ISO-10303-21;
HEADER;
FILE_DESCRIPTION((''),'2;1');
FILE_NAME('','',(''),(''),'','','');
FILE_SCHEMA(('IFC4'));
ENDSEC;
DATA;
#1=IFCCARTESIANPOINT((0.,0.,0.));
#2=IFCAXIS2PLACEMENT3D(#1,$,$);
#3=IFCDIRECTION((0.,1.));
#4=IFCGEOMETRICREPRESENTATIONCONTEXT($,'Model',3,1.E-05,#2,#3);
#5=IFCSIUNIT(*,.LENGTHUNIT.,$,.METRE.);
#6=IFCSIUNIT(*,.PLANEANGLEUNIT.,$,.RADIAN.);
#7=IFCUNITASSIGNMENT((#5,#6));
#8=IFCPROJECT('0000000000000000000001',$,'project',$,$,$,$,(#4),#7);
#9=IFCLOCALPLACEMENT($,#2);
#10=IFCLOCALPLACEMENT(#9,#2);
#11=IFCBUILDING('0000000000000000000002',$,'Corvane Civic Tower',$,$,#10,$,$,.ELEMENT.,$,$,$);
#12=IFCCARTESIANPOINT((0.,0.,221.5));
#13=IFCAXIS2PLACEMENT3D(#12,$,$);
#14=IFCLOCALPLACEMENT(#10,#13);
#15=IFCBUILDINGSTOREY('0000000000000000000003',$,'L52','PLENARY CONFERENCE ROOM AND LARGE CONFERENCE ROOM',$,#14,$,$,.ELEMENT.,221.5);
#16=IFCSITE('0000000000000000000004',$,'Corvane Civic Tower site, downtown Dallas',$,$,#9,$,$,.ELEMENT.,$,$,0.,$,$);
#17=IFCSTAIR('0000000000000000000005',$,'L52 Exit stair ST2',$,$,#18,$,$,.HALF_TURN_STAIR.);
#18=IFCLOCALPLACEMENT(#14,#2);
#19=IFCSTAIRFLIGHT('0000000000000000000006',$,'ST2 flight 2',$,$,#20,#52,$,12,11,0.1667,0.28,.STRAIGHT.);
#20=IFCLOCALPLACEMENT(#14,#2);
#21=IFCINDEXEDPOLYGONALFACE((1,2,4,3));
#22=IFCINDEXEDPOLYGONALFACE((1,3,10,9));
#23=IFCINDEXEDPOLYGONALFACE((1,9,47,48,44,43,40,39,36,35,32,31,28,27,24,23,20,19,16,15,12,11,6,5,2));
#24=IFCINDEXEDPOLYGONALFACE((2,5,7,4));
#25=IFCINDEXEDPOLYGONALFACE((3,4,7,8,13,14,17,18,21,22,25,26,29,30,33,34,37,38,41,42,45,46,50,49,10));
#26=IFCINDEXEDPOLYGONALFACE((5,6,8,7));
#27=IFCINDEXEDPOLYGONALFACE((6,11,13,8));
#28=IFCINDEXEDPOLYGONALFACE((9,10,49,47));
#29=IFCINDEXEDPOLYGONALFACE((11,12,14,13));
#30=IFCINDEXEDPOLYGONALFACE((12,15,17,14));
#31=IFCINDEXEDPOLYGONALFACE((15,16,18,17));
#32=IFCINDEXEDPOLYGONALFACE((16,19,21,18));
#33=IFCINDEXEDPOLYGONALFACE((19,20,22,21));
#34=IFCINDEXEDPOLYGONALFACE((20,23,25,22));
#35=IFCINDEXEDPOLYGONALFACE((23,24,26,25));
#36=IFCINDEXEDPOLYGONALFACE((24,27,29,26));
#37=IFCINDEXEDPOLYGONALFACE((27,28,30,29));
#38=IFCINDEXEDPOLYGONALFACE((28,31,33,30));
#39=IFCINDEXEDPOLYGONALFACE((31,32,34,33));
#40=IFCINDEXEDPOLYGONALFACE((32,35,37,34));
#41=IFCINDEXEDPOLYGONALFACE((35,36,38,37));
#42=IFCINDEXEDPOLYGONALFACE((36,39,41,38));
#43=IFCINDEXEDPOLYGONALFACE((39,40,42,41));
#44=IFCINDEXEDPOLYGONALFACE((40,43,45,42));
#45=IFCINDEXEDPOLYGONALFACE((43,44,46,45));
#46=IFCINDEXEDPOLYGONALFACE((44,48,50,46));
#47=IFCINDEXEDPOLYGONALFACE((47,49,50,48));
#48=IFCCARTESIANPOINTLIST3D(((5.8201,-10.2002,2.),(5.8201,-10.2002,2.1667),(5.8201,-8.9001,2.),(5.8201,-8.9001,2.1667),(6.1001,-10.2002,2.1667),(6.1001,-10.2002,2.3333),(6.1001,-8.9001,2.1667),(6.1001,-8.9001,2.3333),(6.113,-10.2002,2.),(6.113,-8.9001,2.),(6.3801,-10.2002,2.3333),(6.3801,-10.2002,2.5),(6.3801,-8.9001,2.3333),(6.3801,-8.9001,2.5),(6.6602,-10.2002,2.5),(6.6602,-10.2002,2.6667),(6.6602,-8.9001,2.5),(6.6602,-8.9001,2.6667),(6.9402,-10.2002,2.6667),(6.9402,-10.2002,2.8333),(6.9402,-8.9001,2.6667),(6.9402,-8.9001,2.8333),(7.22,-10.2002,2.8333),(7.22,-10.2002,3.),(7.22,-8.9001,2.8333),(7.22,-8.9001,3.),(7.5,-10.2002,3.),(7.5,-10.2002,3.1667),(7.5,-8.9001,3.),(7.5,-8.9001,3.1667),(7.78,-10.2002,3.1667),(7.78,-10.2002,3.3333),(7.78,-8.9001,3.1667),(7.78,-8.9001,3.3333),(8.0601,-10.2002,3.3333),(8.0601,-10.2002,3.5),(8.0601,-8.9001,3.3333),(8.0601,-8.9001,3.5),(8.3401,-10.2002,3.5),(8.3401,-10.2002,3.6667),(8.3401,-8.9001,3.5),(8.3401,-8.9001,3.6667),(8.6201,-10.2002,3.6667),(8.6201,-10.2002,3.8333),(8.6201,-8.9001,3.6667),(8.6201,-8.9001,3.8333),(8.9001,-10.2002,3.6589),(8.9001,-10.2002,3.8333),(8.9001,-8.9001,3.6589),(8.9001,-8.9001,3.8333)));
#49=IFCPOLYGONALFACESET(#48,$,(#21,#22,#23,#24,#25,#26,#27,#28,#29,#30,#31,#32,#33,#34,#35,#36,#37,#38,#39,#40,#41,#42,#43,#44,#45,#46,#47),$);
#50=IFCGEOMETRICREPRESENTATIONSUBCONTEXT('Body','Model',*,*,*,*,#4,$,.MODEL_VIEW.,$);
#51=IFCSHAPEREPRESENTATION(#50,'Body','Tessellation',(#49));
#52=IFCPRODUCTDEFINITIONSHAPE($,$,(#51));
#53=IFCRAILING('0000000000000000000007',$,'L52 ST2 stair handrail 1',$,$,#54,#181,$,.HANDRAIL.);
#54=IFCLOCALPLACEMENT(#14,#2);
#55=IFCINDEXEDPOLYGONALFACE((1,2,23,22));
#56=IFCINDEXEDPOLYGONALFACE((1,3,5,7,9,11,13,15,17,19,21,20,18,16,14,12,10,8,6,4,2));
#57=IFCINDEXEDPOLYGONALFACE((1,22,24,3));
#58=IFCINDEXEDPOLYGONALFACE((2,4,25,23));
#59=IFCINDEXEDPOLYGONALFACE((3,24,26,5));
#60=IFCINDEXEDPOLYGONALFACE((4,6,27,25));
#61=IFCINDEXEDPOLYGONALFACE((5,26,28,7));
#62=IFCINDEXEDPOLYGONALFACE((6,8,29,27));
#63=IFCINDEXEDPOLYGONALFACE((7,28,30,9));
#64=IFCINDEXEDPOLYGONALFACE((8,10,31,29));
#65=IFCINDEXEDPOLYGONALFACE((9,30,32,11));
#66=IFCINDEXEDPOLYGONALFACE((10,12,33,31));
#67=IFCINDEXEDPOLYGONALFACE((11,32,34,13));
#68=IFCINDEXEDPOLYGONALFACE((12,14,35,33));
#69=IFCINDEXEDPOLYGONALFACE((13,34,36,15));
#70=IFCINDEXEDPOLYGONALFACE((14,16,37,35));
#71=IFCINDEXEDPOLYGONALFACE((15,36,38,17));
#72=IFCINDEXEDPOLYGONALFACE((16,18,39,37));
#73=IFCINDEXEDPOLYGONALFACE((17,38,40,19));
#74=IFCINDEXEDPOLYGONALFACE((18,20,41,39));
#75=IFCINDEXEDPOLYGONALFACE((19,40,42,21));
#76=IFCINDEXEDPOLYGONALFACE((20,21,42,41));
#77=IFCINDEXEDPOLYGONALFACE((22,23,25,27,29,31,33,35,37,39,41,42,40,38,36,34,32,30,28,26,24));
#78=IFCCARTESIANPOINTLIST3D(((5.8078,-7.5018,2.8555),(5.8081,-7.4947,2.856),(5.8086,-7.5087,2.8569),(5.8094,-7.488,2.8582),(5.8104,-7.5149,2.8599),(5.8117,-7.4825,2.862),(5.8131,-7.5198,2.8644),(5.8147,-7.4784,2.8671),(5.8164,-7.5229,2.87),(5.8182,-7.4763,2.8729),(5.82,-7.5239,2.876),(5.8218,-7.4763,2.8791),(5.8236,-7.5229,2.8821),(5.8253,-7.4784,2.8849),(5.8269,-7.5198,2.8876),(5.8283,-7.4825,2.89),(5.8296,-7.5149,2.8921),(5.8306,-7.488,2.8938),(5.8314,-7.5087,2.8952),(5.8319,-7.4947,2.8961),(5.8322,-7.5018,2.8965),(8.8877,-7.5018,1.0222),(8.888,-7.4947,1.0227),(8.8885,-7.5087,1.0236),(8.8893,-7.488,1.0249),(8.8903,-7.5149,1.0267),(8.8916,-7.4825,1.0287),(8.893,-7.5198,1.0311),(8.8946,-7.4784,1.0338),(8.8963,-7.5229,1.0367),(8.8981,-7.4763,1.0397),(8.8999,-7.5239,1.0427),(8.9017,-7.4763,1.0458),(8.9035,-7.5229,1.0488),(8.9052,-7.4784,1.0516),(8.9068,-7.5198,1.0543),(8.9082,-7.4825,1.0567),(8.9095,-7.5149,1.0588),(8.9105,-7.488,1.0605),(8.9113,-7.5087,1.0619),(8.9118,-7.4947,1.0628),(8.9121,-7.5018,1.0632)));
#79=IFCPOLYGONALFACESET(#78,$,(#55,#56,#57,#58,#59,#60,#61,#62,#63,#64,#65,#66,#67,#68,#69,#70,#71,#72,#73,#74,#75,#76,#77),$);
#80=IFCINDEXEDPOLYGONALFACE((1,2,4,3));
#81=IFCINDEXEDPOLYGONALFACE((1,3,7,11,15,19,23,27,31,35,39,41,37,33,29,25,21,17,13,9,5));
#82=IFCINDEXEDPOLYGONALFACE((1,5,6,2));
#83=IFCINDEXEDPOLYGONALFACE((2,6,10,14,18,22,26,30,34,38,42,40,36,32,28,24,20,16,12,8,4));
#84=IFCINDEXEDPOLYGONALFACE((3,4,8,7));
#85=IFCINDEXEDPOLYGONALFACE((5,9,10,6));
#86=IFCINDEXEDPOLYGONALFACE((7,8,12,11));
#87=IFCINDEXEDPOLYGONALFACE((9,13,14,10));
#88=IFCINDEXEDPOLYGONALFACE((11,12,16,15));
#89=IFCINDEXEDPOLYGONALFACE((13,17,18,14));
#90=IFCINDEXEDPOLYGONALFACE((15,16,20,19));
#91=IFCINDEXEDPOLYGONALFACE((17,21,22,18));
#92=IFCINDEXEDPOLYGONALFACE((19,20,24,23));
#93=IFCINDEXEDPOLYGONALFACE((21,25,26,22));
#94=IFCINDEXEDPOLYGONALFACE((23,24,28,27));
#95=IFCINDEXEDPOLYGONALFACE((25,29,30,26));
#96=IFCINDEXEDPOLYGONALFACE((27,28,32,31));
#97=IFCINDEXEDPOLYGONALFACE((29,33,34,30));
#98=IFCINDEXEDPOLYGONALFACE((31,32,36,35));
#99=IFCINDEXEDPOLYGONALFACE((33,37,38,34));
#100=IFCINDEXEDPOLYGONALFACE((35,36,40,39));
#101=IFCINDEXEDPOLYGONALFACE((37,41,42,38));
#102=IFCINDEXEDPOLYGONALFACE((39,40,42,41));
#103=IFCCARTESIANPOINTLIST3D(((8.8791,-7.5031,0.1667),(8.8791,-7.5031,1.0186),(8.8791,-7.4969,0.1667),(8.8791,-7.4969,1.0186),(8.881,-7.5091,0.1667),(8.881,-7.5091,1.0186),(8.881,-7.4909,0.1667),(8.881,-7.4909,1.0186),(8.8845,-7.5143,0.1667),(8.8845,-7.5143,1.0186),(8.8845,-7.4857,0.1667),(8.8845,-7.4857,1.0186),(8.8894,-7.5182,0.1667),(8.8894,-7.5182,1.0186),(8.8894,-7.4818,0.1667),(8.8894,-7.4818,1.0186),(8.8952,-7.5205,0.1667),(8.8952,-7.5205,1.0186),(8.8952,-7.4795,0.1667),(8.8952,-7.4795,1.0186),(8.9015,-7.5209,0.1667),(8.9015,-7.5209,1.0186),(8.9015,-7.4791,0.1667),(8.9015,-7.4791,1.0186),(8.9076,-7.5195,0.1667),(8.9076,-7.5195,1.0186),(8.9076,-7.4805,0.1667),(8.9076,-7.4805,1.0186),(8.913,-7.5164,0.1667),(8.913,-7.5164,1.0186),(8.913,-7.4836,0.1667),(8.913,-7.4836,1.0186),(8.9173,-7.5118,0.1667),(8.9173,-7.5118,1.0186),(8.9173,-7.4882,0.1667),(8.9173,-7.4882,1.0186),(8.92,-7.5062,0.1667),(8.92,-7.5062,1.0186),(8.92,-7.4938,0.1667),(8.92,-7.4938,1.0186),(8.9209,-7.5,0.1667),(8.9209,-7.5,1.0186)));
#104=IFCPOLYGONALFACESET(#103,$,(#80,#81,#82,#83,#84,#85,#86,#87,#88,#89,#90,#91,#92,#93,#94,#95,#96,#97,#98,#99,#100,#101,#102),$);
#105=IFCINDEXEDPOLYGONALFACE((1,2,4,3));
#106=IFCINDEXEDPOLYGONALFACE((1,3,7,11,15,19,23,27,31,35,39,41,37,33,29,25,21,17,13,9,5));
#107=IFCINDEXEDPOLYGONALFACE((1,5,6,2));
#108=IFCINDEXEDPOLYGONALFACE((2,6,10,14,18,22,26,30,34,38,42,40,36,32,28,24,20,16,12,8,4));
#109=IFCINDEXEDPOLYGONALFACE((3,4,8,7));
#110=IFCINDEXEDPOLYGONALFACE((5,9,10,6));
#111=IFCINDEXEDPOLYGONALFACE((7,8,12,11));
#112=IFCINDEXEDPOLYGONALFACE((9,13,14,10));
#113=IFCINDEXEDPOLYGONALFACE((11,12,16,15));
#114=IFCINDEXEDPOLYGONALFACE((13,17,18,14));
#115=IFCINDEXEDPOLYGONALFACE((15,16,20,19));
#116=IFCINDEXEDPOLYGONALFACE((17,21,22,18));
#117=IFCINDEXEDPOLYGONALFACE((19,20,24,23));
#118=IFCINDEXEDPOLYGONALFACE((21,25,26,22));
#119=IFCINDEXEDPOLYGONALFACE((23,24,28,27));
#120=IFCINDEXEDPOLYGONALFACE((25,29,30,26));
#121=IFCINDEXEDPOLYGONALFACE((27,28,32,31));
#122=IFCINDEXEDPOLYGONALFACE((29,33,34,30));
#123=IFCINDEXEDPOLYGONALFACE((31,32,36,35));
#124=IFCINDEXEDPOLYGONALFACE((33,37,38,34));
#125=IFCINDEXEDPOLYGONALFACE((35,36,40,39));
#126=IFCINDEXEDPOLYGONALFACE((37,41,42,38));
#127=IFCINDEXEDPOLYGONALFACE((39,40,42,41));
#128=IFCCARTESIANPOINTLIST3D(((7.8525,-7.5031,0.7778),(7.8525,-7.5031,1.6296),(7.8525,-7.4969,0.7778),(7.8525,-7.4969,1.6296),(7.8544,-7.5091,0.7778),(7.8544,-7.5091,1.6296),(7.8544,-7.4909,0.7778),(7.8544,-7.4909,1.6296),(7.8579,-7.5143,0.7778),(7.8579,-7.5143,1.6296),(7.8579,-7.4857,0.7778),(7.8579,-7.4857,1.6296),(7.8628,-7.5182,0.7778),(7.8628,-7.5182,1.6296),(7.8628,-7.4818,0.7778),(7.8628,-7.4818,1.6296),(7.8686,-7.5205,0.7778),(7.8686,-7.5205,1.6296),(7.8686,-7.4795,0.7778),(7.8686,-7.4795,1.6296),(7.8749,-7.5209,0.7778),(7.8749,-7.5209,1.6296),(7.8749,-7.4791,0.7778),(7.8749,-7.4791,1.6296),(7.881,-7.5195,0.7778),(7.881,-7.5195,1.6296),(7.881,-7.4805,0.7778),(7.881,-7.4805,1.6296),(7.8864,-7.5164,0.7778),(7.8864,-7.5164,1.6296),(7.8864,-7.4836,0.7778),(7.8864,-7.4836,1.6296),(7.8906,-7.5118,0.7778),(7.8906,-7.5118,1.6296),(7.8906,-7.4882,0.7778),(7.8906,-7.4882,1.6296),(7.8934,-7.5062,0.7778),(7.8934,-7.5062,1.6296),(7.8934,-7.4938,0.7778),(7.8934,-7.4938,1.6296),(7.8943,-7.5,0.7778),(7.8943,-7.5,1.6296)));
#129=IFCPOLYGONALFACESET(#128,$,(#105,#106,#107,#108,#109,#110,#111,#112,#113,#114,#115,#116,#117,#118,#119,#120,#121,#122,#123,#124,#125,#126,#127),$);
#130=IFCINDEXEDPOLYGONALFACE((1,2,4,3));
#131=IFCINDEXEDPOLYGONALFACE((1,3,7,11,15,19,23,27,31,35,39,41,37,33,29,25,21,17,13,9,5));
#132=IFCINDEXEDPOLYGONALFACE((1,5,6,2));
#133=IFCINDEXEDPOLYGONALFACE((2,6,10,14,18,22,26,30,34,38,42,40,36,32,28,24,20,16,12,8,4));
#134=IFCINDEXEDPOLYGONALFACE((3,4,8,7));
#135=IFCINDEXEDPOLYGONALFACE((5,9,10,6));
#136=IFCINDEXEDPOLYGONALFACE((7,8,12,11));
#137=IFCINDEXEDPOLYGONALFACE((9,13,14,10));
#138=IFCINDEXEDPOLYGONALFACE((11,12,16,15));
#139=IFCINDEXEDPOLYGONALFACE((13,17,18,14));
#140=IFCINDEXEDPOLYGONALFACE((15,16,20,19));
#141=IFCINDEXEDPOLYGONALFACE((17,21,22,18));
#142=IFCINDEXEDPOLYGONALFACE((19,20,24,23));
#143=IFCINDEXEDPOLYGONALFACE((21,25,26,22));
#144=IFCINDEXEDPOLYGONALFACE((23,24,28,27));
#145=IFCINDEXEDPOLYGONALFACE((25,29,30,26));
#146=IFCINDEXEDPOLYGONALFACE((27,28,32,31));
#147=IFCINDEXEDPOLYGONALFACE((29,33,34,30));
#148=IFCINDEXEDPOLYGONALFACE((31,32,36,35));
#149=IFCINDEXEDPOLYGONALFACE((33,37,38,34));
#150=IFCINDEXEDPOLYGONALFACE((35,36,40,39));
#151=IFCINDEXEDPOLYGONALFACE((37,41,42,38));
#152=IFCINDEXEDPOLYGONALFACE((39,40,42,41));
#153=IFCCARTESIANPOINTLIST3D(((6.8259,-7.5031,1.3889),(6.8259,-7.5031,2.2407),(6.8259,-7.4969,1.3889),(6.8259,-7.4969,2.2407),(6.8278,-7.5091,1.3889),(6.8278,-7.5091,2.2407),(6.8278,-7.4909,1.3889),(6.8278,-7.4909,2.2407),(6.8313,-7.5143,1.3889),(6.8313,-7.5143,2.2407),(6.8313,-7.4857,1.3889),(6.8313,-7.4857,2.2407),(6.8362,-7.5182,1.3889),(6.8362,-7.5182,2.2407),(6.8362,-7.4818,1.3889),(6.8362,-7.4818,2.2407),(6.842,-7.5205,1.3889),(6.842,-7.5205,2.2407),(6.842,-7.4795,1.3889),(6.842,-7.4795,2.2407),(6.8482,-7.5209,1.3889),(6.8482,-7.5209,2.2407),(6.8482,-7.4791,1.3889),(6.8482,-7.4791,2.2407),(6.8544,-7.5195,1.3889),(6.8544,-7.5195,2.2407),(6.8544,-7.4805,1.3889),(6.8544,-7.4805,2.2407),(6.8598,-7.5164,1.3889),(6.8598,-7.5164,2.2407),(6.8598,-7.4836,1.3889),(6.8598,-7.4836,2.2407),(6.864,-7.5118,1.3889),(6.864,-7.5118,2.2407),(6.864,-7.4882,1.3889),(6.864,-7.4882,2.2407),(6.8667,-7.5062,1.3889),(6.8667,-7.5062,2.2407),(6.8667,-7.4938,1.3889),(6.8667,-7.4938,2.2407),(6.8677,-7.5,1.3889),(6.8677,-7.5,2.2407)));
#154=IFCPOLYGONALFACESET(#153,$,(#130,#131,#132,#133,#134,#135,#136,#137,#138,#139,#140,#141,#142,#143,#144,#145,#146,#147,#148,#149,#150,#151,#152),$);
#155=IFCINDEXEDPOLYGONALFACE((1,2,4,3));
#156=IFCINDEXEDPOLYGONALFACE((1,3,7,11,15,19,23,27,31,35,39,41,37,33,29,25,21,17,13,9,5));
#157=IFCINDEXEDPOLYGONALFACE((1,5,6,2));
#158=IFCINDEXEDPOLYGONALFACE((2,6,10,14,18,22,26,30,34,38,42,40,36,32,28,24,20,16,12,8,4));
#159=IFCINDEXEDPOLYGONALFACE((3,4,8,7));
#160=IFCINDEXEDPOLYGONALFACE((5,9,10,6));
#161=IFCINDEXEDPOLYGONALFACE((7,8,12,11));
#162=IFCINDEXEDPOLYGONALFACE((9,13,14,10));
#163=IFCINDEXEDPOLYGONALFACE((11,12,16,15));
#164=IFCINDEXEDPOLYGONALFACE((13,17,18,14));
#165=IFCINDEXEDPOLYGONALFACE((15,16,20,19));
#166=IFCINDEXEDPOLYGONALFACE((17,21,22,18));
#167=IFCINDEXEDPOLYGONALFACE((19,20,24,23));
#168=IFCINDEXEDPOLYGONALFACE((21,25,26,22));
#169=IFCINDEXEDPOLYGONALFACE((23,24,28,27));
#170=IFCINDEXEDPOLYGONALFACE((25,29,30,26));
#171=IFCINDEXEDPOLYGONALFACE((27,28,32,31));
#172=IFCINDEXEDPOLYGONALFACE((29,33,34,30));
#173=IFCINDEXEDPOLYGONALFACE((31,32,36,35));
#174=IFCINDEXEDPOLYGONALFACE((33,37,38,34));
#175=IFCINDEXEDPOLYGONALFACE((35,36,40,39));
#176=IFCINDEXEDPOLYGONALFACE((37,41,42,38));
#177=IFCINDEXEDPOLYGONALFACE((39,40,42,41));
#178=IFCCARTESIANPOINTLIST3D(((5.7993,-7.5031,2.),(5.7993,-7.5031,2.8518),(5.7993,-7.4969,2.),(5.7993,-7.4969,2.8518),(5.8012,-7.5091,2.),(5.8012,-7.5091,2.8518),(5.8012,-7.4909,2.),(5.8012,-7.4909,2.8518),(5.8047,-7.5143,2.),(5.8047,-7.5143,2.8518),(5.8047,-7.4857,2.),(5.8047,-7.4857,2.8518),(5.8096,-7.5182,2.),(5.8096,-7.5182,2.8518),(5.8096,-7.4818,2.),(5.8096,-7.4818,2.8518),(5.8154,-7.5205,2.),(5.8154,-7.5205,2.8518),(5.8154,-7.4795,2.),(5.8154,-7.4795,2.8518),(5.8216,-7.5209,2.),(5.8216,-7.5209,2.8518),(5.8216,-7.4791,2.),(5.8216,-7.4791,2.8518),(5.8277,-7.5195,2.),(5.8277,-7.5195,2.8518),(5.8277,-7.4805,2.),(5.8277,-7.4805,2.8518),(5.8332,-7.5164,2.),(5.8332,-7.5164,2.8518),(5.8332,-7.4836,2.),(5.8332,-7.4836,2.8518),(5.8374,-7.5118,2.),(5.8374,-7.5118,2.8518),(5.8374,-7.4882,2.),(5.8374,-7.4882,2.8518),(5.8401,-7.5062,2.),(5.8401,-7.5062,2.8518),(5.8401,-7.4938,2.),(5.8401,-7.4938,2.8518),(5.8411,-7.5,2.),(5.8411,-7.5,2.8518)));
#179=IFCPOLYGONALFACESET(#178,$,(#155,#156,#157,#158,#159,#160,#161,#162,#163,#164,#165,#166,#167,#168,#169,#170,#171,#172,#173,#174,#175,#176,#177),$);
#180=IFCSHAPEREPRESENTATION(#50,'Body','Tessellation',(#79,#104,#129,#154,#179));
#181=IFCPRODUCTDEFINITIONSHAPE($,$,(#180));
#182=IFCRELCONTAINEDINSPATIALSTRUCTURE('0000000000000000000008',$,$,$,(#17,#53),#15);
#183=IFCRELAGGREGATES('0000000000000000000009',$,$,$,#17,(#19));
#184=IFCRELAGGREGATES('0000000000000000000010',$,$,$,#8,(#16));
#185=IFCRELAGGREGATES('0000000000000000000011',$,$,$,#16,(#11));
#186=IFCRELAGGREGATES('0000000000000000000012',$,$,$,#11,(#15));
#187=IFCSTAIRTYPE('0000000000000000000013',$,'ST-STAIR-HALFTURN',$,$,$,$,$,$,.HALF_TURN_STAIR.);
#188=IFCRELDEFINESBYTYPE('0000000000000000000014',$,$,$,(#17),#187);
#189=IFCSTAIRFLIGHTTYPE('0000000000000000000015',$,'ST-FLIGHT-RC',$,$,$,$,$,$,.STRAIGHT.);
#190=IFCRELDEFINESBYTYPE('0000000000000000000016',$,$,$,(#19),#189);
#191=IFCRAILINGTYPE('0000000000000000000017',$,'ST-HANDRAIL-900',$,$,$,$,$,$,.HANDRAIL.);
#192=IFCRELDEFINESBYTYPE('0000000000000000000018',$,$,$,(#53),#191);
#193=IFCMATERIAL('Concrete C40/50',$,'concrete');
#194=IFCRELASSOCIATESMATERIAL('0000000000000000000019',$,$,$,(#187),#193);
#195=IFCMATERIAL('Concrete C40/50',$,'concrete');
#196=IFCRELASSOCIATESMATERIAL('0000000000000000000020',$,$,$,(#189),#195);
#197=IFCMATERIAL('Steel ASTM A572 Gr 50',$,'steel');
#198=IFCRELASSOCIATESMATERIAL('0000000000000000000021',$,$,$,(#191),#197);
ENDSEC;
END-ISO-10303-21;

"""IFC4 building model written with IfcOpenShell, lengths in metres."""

from ifc_helpers import new_model, si_unit, direction, frame, origin, origin_2d, place, context, subcontext, project, spatial, polyline, circle, outline, extrude, material, type_object, element, aggregate, save


model = new_model("IFC4")

# Units and contexts
model_context = context("Model", 3, precision=1e-05, world=origin(), true_north=direction((0.0, 1.0)))
body_context = subcontext(model_context, "Body", "Model", "MODEL_VIEW")
ifc_project = project(units=[si_unit("LENGTHUNIT", "METRE"), si_unit("PLANEANGLEUNIT", "RADIAN")], contexts=[model_context])

# Site, building, storey
site_placement = place(None, origin())
site = spatial("IfcSite", under=ifc_project, at=site_placement, Name="Corvane Civic Tower site, downtown Dallas", CompositionType="ELEMENT", RefElevation=0.0)
building_placement = place(site_placement, origin())
building = spatial("IfcBuilding", under=site, at=building_placement, Name="Corvane Civic Tower", CompositionType="ELEMENT")
storey_placement = place(building_placement, frame((0.0, 0.0, 221.5)))
storey = spatial("IfcBuildingStorey", under=building, at=storey_placement, Name="L52", Description="PLENARY CONFERENCE ROOM AND LARGE CONFERENCE ROOM", CompositionType="ELEMENT", Elevation=221.5)

# Stair, stair flight
ifc_material_1 = material(Name="Concrete C40/50", Category="concrete")
stair_type = type_object("IfcStairType", Name="ST-STAIR-HALFTURN", PredefinedType="HALF_TURN_STAIR", material=ifc_material_1)
stair_placement = place(storey_placement, origin())
stair = element("IfcStair", 1, at=stair_placement, inside=storey, type_object=stair_type, Name="L52 Exit stair ST2", PredefinedType="HALF_TURN_STAIR")
ifc_material_2 = material(Name="Concrete C40/50", Category="concrete")
stair_flight_type = type_object("IfcStairFlightType", Name="ST-FLIGHT-RC", PredefinedType="STRAIGHT", material=ifc_material_2)
stair_flight_1_placement = place(storey_placement, frame((5.8201, -9.55, 2.0), z_axis=(0.0, 0.0, 1.0), x_axis=(1.0, 0.0, 0.0)))
stair_flight_1 = element("IfcStairFlight", 2, at=stair_flight_1_placement, type_object=stair_flight_type, Name="ST2 flight 2", NumberOfRisers=12, NumberOfTreads=11, PredefinedType="STRAIGHT", RiserHeight=0.1667, TreadLength=0.28, context=body_context, shape_type="SweptSolid", body=[
    extrude(outline(polyline([(0.0, 0.0), (0.0, 0.1667), (0.28, 0.1667), (0.28, 0.3333), (0.5601, 0.3333), (0.5601, 0.5), (0.8401, 0.5), (0.8401, 0.6667), (1.1201, 0.6667), (1.1201, 0.8333), (1.3999, 0.8333), (1.3999, 1.0), (1.6799, 1.0), (1.6799, 1.1667), (1.96, 1.1667), (1.96, 1.3333), (2.24, 1.3333), (2.24, 1.5), (2.52, 1.5), (2.52, 1.6667), (2.8, 1.6667), (2.8, 1.8333), (3.0801, 1.8333), (3.0801, 2.0), (3.0801, 1.6589), (0.293, 0.0), (0.0, 0.0)])), frame((0.0, 0.6499, 0.0), z_axis=(0.0, -1.0, 0.0), x_axis=(1.0, 0.0, 0.0)), (0.0, 0.0, 1.0), 1.3),
])
aggregate(stair, [stair_flight_1])

# Railing
ifc_material_3 = material(Name="Steel ASTM A572 Gr 50", Category="steel")
railing_type_1 = type_object("IfcRailingType", Name="ST-HANDRAIL-900", PredefinedType="HANDRAIL", material=ifc_material_3)
railing_1_placement = place(storey_placement, frame((8.8999, -7.5, 0.1667)))
element("IfcRailing", 3, at=railing_1_placement, inside=storey, type_object=railing_type_1, Name="L52 ST2 stair handrail 1", PredefinedType="HANDRAIL", context=body_context, shape_type="SweptSolid", body=[
    extrude(circle(Radius=0.0239, at=origin_2d()), frame((0.0, 0.0, 0.876), z_axis=(-0.859291, 0.0, 0.511487), x_axis=(0.0, -1.0, 0.0)), (0.0, 0.0, 1.0), 3.5842),
    extrude(circle(Radius=0.021, at=origin_2d()), origin(), (0.0, 0.0, 1.0), 0.8518),
    extrude(circle(Radius=0.021, at=origin_2d()), frame((-1.0266, 0.0, 0.6111)), (0.0, 0.0, 1.0), 0.8518),
    extrude(circle(Radius=0.021, at=origin_2d()), frame((-2.0532, 0.0, 1.2222)), (0.0, 0.0, 1.0), 0.8518),
    extrude(circle(Radius=0.021, at=origin_2d()), frame((-3.0798, 0.0, 1.8333)), (0.0, 0.0, 1.0), 0.8518),
])

save(model, "model.ifc")
